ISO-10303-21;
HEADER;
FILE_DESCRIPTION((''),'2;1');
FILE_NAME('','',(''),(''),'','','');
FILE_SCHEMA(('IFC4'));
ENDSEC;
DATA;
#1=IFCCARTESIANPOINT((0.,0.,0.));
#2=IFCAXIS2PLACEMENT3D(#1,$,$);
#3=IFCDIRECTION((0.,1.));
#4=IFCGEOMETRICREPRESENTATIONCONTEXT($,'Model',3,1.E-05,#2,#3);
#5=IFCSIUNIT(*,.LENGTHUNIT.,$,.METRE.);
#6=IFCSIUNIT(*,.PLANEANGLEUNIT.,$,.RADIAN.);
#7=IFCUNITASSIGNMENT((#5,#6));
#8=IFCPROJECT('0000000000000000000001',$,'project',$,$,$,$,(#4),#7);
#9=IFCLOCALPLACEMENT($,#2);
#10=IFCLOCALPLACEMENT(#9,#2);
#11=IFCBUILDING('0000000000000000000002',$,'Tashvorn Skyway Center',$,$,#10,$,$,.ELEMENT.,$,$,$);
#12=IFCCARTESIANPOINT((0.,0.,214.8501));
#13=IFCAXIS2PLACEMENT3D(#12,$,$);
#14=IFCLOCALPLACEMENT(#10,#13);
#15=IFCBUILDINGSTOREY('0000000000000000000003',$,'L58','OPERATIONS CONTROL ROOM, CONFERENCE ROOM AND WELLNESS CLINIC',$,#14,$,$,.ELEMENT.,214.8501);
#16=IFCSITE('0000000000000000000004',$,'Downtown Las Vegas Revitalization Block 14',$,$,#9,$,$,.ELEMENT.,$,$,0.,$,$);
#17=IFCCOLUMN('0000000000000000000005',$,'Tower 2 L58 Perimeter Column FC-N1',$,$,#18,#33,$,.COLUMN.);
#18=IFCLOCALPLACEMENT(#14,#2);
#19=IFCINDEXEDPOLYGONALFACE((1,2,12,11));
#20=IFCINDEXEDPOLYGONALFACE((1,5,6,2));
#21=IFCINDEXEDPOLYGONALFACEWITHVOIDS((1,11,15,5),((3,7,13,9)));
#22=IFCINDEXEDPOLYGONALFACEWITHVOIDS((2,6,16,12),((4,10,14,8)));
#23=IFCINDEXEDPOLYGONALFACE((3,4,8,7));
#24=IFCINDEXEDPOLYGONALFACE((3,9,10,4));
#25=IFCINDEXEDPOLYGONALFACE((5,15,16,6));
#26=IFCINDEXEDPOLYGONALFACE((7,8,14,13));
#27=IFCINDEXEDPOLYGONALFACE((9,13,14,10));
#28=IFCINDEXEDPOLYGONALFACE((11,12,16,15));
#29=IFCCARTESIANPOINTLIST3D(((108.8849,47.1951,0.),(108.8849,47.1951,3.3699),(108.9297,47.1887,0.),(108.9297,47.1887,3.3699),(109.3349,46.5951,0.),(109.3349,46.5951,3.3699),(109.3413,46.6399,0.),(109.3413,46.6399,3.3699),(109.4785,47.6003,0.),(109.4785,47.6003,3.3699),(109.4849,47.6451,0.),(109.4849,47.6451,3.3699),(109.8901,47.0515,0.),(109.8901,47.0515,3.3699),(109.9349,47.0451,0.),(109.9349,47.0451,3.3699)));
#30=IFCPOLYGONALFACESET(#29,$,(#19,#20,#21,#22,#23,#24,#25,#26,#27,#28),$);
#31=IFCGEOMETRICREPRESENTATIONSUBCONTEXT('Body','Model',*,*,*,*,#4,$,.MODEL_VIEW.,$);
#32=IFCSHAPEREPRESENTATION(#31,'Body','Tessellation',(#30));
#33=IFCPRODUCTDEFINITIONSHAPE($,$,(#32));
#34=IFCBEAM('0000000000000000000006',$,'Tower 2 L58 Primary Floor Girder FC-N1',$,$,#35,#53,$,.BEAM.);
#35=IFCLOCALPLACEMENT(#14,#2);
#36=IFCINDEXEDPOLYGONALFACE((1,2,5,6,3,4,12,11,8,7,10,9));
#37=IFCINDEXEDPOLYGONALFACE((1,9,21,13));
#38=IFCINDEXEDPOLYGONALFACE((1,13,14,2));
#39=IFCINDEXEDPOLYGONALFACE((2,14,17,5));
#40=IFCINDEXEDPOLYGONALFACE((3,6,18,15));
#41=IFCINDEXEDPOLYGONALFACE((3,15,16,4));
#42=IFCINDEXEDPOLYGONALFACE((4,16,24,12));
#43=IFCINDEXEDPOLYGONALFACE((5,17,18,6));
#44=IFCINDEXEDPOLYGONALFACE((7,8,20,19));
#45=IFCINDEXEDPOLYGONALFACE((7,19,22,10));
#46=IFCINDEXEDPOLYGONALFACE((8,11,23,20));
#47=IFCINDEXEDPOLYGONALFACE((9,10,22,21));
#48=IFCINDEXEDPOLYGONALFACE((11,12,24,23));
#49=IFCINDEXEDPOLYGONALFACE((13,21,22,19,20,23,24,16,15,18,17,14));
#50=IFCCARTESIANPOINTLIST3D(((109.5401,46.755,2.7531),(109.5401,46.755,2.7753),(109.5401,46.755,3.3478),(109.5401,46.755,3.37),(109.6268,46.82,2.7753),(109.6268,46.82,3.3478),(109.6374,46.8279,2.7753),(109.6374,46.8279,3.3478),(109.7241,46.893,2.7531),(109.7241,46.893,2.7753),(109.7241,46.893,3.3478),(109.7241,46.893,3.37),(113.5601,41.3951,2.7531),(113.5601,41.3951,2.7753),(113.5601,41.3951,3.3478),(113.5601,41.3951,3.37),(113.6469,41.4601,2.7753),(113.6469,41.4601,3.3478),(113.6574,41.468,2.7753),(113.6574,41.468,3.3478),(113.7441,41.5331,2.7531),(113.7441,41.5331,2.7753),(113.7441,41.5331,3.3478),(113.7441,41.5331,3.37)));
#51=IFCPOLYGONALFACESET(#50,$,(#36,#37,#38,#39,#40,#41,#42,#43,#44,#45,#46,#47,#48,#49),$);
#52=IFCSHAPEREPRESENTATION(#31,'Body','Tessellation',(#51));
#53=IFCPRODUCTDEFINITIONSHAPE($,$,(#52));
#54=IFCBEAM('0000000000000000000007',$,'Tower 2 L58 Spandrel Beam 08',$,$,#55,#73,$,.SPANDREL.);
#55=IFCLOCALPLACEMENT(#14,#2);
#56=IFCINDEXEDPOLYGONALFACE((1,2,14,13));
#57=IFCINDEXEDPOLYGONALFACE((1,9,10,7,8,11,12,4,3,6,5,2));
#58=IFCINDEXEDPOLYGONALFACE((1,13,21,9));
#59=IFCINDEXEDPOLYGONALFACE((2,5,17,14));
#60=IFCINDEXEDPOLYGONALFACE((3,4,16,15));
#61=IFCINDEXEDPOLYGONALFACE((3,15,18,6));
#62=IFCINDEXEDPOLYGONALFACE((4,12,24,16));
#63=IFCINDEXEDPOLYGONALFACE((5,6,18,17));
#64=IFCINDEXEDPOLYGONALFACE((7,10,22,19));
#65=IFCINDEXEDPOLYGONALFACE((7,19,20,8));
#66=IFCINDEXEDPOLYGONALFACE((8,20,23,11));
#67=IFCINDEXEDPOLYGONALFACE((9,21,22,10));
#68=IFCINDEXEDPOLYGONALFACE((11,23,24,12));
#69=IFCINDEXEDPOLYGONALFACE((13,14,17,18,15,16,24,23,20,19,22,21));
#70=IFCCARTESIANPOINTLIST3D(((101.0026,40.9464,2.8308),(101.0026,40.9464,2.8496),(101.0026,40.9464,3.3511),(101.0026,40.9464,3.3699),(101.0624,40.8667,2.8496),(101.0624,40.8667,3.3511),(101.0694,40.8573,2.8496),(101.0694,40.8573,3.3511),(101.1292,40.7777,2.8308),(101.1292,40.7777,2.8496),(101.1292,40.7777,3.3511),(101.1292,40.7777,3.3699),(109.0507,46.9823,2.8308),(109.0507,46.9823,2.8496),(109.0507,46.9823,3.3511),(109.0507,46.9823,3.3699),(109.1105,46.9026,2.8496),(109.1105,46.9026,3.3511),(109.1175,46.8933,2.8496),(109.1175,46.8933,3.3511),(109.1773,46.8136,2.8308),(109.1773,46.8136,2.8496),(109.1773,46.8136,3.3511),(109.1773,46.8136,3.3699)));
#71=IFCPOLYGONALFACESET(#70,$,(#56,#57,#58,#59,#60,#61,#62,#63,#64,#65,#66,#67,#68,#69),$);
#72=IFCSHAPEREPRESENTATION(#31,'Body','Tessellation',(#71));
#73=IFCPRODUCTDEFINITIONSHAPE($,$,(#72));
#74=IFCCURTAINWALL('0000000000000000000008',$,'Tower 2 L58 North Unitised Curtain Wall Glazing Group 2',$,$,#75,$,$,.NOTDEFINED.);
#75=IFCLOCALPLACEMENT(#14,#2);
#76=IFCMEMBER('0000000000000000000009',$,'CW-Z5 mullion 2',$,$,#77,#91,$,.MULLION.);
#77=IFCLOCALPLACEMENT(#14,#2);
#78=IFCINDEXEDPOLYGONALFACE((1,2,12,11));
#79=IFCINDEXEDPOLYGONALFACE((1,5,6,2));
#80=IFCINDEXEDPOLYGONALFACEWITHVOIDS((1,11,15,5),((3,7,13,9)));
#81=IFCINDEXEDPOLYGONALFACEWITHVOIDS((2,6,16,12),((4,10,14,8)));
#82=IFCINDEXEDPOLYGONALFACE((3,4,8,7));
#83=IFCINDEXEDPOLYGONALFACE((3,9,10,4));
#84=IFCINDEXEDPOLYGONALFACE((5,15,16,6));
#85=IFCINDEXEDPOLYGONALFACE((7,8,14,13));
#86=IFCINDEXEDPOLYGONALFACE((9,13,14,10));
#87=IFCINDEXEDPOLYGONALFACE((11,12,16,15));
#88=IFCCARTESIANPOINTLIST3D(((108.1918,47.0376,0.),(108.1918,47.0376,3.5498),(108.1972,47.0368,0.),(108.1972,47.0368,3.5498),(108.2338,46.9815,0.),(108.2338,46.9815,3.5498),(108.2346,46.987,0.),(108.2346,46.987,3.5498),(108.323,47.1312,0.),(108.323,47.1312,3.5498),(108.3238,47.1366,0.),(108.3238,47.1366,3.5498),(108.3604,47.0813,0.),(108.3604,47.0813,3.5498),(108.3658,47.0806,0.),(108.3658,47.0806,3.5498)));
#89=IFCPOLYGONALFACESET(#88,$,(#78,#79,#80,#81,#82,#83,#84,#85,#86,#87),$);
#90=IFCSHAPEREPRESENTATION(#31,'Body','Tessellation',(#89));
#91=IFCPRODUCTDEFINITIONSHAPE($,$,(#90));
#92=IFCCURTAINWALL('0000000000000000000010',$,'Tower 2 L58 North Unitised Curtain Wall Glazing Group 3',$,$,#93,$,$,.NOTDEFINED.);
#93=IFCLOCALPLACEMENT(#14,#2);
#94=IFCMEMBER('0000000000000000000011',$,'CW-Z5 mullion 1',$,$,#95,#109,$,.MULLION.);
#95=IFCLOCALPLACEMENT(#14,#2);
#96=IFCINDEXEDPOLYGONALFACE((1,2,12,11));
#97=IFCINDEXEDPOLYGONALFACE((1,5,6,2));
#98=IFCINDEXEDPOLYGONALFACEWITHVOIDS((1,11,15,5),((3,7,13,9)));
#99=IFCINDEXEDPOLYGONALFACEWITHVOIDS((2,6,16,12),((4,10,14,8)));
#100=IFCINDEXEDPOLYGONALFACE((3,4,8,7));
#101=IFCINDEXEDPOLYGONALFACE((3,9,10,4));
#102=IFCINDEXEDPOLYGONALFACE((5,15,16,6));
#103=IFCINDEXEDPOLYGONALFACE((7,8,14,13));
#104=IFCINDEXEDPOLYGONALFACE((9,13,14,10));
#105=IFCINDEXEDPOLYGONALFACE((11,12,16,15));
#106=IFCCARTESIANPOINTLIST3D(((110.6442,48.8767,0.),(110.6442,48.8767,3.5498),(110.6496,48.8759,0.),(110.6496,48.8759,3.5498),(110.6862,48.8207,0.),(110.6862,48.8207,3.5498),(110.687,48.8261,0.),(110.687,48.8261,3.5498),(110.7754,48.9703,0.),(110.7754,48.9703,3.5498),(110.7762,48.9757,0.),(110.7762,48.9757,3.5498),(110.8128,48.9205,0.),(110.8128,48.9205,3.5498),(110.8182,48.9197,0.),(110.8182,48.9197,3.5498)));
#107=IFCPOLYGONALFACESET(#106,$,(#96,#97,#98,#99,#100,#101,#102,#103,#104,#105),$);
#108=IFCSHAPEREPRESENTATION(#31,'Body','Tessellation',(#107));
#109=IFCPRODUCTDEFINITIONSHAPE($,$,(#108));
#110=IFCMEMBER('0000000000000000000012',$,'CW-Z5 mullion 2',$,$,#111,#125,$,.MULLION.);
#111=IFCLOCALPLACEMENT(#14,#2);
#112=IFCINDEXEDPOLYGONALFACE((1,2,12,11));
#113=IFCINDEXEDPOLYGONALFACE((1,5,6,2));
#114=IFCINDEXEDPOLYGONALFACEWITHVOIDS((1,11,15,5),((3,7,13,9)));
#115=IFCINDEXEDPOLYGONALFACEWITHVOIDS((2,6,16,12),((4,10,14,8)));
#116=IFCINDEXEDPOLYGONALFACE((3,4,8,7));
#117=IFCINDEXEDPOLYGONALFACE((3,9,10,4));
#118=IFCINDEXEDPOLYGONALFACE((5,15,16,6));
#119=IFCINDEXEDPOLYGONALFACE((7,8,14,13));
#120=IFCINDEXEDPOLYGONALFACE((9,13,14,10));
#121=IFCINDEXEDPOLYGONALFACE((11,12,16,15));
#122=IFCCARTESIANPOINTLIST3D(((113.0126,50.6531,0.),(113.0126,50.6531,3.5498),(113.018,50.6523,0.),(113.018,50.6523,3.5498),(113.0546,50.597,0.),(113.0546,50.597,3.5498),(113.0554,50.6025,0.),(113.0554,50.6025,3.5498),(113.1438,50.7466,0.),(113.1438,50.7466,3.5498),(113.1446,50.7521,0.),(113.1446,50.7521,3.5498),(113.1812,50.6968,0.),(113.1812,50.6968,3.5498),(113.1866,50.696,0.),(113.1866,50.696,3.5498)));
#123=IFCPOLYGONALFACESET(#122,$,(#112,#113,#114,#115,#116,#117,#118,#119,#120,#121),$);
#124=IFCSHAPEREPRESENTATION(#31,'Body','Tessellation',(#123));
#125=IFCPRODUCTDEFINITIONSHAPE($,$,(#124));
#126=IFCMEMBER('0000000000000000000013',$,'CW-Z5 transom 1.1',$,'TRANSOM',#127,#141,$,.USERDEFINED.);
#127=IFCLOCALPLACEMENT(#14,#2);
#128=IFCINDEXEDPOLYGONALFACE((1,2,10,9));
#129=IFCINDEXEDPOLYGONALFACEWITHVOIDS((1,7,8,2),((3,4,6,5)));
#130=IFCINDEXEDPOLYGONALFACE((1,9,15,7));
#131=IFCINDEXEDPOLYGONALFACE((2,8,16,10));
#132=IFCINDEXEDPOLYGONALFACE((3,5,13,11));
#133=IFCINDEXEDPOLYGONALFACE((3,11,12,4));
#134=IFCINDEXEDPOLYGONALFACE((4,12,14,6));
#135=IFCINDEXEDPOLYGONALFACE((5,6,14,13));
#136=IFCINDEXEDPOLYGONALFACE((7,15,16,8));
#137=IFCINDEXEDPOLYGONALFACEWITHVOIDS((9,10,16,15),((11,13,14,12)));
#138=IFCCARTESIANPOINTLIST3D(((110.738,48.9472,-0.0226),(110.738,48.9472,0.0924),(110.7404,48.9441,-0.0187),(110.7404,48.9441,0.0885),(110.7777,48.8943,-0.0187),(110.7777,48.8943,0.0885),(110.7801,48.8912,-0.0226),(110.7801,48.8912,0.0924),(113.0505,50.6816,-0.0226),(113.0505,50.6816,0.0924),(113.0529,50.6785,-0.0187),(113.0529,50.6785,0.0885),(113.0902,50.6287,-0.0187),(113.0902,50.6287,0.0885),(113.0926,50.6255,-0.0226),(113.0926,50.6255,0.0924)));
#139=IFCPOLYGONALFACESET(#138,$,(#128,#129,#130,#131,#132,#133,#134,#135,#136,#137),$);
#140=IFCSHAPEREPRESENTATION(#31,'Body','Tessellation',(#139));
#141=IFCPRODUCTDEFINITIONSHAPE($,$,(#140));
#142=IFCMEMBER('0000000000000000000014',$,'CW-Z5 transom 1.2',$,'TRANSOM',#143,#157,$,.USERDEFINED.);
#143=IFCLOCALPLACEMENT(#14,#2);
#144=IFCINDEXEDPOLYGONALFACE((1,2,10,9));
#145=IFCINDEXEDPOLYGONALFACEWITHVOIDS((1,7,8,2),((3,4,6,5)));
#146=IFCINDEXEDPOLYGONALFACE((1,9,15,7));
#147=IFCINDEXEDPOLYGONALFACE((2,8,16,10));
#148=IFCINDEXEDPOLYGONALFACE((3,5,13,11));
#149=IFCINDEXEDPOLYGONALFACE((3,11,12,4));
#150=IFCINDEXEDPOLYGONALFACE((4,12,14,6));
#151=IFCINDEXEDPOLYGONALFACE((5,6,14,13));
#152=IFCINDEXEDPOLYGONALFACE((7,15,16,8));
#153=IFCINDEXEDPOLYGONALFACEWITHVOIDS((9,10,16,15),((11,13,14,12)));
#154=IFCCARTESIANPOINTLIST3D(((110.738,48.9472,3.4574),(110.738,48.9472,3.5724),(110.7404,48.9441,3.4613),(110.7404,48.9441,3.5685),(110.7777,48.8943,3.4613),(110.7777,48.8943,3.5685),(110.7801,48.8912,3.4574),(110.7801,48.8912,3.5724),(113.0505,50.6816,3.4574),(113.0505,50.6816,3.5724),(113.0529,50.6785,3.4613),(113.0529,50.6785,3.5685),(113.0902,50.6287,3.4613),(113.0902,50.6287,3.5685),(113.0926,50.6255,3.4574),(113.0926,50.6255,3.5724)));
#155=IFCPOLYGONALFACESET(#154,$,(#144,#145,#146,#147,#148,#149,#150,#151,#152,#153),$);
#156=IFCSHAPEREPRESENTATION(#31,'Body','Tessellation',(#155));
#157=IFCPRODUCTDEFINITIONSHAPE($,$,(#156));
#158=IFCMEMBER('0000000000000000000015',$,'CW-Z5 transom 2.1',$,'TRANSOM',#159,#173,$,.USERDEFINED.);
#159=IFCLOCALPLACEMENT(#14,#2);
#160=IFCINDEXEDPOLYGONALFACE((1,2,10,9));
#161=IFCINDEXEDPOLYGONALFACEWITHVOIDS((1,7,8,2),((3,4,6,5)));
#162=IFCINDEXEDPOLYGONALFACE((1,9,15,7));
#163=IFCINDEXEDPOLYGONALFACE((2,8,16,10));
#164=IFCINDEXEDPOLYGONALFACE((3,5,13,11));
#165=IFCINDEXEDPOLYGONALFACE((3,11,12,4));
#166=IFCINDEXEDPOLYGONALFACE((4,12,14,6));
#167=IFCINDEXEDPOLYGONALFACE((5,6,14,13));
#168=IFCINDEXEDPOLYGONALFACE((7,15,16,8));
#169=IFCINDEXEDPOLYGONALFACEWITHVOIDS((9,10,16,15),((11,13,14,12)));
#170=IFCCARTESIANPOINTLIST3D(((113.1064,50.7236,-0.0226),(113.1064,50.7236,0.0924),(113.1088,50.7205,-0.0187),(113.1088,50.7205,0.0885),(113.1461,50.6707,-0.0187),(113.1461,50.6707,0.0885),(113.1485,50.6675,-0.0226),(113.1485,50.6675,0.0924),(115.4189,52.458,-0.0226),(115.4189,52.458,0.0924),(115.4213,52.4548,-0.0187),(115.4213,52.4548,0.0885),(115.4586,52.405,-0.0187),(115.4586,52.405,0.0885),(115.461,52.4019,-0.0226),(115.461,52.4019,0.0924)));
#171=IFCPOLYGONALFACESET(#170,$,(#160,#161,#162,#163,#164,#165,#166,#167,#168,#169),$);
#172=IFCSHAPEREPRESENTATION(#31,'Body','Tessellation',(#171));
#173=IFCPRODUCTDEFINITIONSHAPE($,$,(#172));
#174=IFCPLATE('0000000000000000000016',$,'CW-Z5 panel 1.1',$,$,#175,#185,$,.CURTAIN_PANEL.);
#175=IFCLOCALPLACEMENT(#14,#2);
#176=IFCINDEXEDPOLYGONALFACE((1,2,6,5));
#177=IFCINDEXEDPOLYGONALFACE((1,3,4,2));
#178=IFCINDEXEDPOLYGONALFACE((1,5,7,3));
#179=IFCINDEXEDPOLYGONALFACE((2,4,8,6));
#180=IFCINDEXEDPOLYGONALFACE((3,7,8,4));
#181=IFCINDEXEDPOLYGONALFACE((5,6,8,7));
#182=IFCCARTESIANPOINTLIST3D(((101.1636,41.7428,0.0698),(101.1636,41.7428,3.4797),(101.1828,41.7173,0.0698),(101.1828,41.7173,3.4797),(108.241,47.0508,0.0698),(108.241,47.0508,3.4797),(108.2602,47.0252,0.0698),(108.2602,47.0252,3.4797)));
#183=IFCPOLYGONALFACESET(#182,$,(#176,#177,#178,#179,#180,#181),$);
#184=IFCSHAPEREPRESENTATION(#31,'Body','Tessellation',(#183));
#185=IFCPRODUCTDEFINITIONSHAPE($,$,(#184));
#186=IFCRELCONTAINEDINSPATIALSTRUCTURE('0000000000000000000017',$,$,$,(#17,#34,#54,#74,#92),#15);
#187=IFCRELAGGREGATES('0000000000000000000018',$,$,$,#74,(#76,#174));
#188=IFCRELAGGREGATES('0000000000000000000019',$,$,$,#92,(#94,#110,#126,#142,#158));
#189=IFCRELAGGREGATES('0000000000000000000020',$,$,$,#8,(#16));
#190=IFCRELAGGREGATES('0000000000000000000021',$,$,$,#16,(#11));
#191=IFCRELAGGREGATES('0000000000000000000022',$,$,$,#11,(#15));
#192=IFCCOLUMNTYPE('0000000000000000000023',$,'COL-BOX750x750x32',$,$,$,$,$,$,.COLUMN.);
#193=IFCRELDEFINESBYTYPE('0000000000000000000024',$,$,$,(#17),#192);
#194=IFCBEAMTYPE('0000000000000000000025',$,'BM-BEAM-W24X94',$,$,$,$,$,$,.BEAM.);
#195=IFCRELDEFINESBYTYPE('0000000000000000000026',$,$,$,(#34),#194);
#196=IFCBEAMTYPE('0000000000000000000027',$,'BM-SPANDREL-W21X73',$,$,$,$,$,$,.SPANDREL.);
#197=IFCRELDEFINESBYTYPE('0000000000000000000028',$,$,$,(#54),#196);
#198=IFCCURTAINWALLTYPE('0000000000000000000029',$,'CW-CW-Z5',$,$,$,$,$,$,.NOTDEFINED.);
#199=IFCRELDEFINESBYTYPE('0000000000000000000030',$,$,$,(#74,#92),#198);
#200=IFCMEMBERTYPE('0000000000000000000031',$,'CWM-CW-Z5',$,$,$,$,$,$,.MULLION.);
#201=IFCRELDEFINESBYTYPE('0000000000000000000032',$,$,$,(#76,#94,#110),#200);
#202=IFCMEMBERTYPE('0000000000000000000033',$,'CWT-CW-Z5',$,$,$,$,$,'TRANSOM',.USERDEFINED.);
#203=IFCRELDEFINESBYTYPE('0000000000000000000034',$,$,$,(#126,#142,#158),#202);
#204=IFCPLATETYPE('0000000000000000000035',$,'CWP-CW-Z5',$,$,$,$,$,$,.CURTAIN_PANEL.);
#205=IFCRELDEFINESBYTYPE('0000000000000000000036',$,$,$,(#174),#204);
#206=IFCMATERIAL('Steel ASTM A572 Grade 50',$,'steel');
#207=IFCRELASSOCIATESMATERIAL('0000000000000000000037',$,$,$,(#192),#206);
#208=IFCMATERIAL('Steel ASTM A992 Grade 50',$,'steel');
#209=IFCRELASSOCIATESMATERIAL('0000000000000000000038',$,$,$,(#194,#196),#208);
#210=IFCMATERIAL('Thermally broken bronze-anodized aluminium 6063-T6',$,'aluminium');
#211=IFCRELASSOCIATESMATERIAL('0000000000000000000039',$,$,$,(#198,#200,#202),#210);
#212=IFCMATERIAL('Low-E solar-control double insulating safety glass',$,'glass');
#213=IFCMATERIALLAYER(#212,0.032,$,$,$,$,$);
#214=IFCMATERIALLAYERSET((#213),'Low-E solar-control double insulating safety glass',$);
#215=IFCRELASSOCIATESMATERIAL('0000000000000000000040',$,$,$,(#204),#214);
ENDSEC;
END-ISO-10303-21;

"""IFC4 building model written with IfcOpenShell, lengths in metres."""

from ifc_helpers import new_model, si_unit, direction, frame, origin, origin_2d, place, context, subcontext, project, spatial, rectangle, hollow_rectangle, i_section, extrude, material, layer, layer_set, material_profile, profile_set, type_object, element, aggregate, save


model = new_model("IFC4")

# Units and contexts
model_context = context("Model", 3, precision=1e-05, world=origin(), true_north=direction((0.0, 1.0)))
body_context = subcontext(model_context, "Body", "Model", "MODEL_VIEW")
ifc_project = project(units=[si_unit("LENGTHUNIT", "METRE"), si_unit("PLANEANGLEUNIT", "RADIAN")], contexts=[model_context])

# Site, building, storey
site_placement = place(None, origin())
site = spatial("IfcSite", under=ifc_project, at=site_placement, Name="Downtown Las Vegas Revitalization Block 14", CompositionType="ELEMENT", RefElevation=0.0)
building_placement = place(site_placement, origin())
building = spatial("IfcBuilding", under=site, at=building_placement, Name="Tashvorn Skyway Center", CompositionType="ELEMENT")
storey_placement = place(building_placement, frame((0.0, 0.0, 214.8501)))
storey = spatial("IfcBuildingStorey", under=building, at=storey_placement, Name="L58", Description="OPERATIONS CONTROL ROOM, CONFERENCE ROOM AND WELLNESS CLINIC", CompositionType="ELEMENT", Elevation=214.8501)

# Column
ifc_material_1 = material(Name="Steel ASTM A572 Grade 50", Category="steel")
ifc_material_profile_1 = material_profile(ifc_material_1, hollow_rectangle(XDim=0.75, YDim=0.75, WallThickness=0.032, at=origin_2d()), Name="BOX750x750x32")
ifc_profile_set_1 = profile_set([ifc_material_profile_1], Name="Steel ASTM A572 Grade 50")
column_type = type_object("IfcColumnType", Name="COL-BOX750x750x32", PredefinedType="COLUMN", material=ifc_profile_set_1)
column_placement = place(storey_placement, frame((109.4099, 47.1201, 0.0), z_axis=(0.0, 0.0, 1.0), x_axis=(0.8, 0.6, 0.0)))
element("IfcColumn", 1, at=column_placement, inside=storey, type_object=column_type, Name="Tower 2 L58 Perimeter Column FC-N1", PredefinedType="COLUMN", context=body_context, shape_type="SweptSolid", body=[
    extrude(hollow_rectangle(XDim=0.75, YDim=0.75, WallThickness=0.032, at=origin_2d()), origin(), (0.0, 0.0, 1.0), 3.3699),
])

# Beams
ifc_material_2 = material(Name="Steel ASTM A992 Grade 50", Category="steel")
ifc_material_profile_2 = material_profile(ifc_material_2, i_section(OverallWidth=0.23, OverallDepth=0.6169, WebThickness=0.0132, FlangeThickness=0.0222, at=origin_2d()), Name="W24X94")
ifc_profile_set_2 = profile_set([ifc_material_profile_2], Name="Steel ASTM A992 Grade 50")
beam_type_1 = type_object("IfcBeamType", Name="BM-BEAM-W24X94", PredefinedType="BEAM", material=ifc_profile_set_2)
beam_1_placement = place(storey_placement, frame((109.6321, 46.824, 3.0615), z_axis=(0.600012, -0.799991, 0.0), x_axis=(0.799991, 0.600012, 0.0)))
element("IfcBeam", 2, at=beam_1_placement, inside=storey, type_object=beam_type_1, Name="Tower 2 L58 Primary Floor Girder FC-N1", PredefinedType="BEAM", context=body_context, shape_type="SweptSolid", body=[
    extrude(i_section(OverallWidth=0.23, OverallDepth=0.6169, WebThickness=0.0132, FlangeThickness=0.0222, at=origin_2d()), origin(), (0.0, 0.0, 1.0), 6.7),
])
ifc_material_profile_3 = material_profile(ifc_material_2, i_section(OverallWidth=0.2109, OverallDepth=0.5391, WebThickness=0.0117, FlangeThickness=0.0188, at=origin_2d()), Name="W21X73")
ifc_profile_set_3 = profile_set([ifc_material_profile_3], Name="Steel ASTM A992 Grade 50")
beam_type_2 = type_object("IfcBeamType", Name="BM-SPANDREL-W21X73", PredefinedType="SPANDREL", material=ifc_profile_set_3)
beam_2_placement = place(storey_placement, frame((109.114, 46.8979, 3.1003), z_axis=(-0.800009, -0.599988, 0.0), x_axis=(0.599988, -0.800009, 0.0)))
element("IfcBeam", 3, at=beam_2_placement, inside=storey, type_object=beam_type_2, Name="Tower 2 L58 Spandrel Beam 08", PredefinedType="SPANDREL", context=body_context, shape_type="SweptSolid", body=[
    extrude(i_section(OverallWidth=0.2109, OverallDepth=0.5391, WebThickness=0.0117, FlangeThickness=0.0188, at=origin_2d()), origin(), (0.0, 0.0, 1.0), 10.0601),
])

# Curtain wall, member
ifc_material_3 = material(Name="Thermally broken bronze-anodized aluminium 6063-T6", Category="aluminium")
curtain_wall_type = type_object("IfcCurtainWallType", Name="CW-CW-Z5", PredefinedType="NOTDEFINED", material=ifc_material_3)
curtain_wall_1_placement = place(storey_placement, origin())
curtain_wall_1 = element("IfcCurtainWall", 4, at=curtain_wall_1_placement, inside=storey, type_object=curtain_wall_type, Name="Tower 2 L58 North Unitised Curtain Wall Glazing Group 2", PredefinedType="NOTDEFINED")
ifc_material_profile_4 = material_profile(ifc_material_3, hollow_rectangle(XDim=0.0701, YDim=0.165, WallThickness=0.0039, at=origin_2d()), Name="ALU-MULL-70x165")
ifc_profile_set_4 = profile_set([ifc_material_profile_4], Name="Thermally broken bronze-anodized aluminium 6063-T6")
member_type_1 = type_object("IfcMemberType", Name="CWM-CW-Z5", PredefinedType="MULLION", material=ifc_profile_set_4)
member_1_placement = place(storey_placement, frame((108.2788, 47.0591, 0.0), z_axis=(0.0, 0.0, 1.0), x_axis=(-0.599996, 0.800003, 0.0)))
member_1 = element("IfcMember", 5, at=member_1_placement, type_object=member_type_1, Name="CW-Z5 mullion 2", PredefinedType="MULLION", context=body_context, shape_type="SweptSolid", body=[
    extrude(hollow_rectangle(XDim=0.0701, YDim=0.165, WallThickness=0.0039, at=origin_2d()), origin(), (0.0, 0.0, 1.0), 3.5498),
])

# Curtain wall, members
curtain_wall_2_placement = place(storey_placement, origin())
curtain_wall_2 = element("IfcCurtainWall", 6, at=curtain_wall_2_placement, inside=storey, type_object=curtain_wall_type, Name="Tower 2 L58 North Unitised Curtain Wall Glazing Group 3", PredefinedType="NOTDEFINED")
member_2_placement = place(storey_placement, frame((110.7312, 48.8982, 0.0), z_axis=(0.0, 0.0, 1.0), x_axis=(-0.600003, 0.799998, 0.0)))
member_2 = element("IfcMember", 7, at=member_2_placement, type_object=member_type_1, Name="CW-Z5 mullion 1", PredefinedType="MULLION", context=body_context, shape_type="SweptSolid", body=[
    extrude(hollow_rectangle(XDim=0.0701, YDim=0.165, WallThickness=0.0039, at=origin_2d()), origin(), (0.0, 0.0, 1.0), 3.5498),
])
member_3_placement = place(storey_placement, frame((113.0996, 50.6746, 0.0), z_axis=(0.0, 0.0, 1.0), x_axis=(-0.600003, 0.799998, 0.0)))
member_3 = element("IfcMember", 8, at=member_3_placement, type_object=member_type_1, Name="CW-Z5 mullion 2", PredefinedType="MULLION", context=body_context, shape_type="SweptSolid", body=[
    extrude(hollow_rectangle(XDim=0.0701, YDim=0.165, WallThickness=0.0039, at=origin_2d()), origin(), (0.0, 0.0, 1.0), 3.5498),
])
ifc_material_profile_5 = material_profile(ifc_material_3, hollow_rectangle(XDim=0.0701, YDim=0.115, WallThickness=0.0039, at=origin_2d()), Name="ALU-TRAN-70x115")
ifc_profile_set_5 = profile_set([ifc_material_profile_5], Name="Thermally broken bronze-anodized aluminium 6063-T6")
member_type_2 = type_object("IfcMemberType", Name="CWT-CW-Z5", ElementType="TRANSOM", PredefinedType="USERDEFINED", material=ifc_profile_set_5)
member_4_placement = place(storey_placement, frame((110.759, 48.9192, 0.0349), z_axis=(0.8, 0.6, 0.0), x_axis=(-0.6, 0.8, 0.0)))
member_4 = element("IfcMember", 9, at=member_4_placement, type_object=member_type_2, Name="CW-Z5 transom 1.1", ObjectType="TRANSOM", PredefinedType="USERDEFINED", context=body_context, shape_type="SweptSolid", body=[
    extrude(hollow_rectangle(XDim=0.0701, YDim=0.115, WallThickness=0.0039, at=origin_2d()), origin(), (0.0, 0.0, 1.0), 2.8906),
])
member_5_placement = place(storey_placement, frame((110.759, 48.9192, 3.5149), z_axis=(0.8, 0.6, 0.0), x_axis=(-0.6, 0.8, 0.0)))
member_5 = element("IfcMember", 10, at=member_5_placement, type_object=member_type_2, Name="CW-Z5 transom 1.2", ObjectType="TRANSOM", PredefinedType="USERDEFINED", context=body_context, shape_type="SweptSolid", body=[
    extrude(hollow_rectangle(XDim=0.0701, YDim=0.115, WallThickness=0.0039, at=origin_2d()), origin(), (0.0, 0.0, 1.0), 2.8906),
])
member_6_placement = place(storey_placement, frame((113.1274, 50.6956, 0.0349), z_axis=(0.8, 0.6, 0.0), x_axis=(-0.6, 0.8, 0.0)))
member_6 = element("IfcMember", 11, at=member_6_placement, type_object=member_type_2, Name="CW-Z5 transom 2.1", ObjectType="TRANSOM", PredefinedType="USERDEFINED", context=body_context, shape_type="SweptSolid", body=[
    extrude(hollow_rectangle(XDim=0.0701, YDim=0.115, WallThickness=0.0039, at=origin_2d()), origin(), (0.0, 0.0, 1.0), 2.8906),
])

# Plate
ifc_material_4 = material(Name="Low-E solar-control double insulating safety glass", Category="glass")
ifc_layer_1 = layer(ifc_material_4, 0.032)
ifc_layer_set_1 = layer_set([ifc_layer_1], Name="Low-E solar-control double insulating safety glass")
plate_type = type_object("IfcPlateType", Name="CWP-CW-Z5", PredefinedType="CURTAIN_PANEL", material=ifc_layer_set_1)
plate_1_placement = place(storey_placement, frame((104.7119, 44.384, 0.0698), z_axis=(0.0, 0.0, 1.0), x_axis=(0.800003, 0.599996, 0.0)))
plate_1 = element("IfcPlate", 12, at=plate_1_placement, type_object=plate_type, Name="CW-Z5 panel 1.1", PredefinedType="CURTAIN_PANEL", context=body_context, shape_type="SweptSolid", body=[
    extrude(rectangle(XDim=8.8467, YDim=0.032, at=origin_2d()), origin(), (0.0, 0.0, 1.0), 3.4099),
])
aggregate(curtain_wall_1, [member_1, plate_1])
aggregate(curtain_wall_2, [member_2, member_3, member_4, member_5, member_6])

save(model, "model.ifc")
